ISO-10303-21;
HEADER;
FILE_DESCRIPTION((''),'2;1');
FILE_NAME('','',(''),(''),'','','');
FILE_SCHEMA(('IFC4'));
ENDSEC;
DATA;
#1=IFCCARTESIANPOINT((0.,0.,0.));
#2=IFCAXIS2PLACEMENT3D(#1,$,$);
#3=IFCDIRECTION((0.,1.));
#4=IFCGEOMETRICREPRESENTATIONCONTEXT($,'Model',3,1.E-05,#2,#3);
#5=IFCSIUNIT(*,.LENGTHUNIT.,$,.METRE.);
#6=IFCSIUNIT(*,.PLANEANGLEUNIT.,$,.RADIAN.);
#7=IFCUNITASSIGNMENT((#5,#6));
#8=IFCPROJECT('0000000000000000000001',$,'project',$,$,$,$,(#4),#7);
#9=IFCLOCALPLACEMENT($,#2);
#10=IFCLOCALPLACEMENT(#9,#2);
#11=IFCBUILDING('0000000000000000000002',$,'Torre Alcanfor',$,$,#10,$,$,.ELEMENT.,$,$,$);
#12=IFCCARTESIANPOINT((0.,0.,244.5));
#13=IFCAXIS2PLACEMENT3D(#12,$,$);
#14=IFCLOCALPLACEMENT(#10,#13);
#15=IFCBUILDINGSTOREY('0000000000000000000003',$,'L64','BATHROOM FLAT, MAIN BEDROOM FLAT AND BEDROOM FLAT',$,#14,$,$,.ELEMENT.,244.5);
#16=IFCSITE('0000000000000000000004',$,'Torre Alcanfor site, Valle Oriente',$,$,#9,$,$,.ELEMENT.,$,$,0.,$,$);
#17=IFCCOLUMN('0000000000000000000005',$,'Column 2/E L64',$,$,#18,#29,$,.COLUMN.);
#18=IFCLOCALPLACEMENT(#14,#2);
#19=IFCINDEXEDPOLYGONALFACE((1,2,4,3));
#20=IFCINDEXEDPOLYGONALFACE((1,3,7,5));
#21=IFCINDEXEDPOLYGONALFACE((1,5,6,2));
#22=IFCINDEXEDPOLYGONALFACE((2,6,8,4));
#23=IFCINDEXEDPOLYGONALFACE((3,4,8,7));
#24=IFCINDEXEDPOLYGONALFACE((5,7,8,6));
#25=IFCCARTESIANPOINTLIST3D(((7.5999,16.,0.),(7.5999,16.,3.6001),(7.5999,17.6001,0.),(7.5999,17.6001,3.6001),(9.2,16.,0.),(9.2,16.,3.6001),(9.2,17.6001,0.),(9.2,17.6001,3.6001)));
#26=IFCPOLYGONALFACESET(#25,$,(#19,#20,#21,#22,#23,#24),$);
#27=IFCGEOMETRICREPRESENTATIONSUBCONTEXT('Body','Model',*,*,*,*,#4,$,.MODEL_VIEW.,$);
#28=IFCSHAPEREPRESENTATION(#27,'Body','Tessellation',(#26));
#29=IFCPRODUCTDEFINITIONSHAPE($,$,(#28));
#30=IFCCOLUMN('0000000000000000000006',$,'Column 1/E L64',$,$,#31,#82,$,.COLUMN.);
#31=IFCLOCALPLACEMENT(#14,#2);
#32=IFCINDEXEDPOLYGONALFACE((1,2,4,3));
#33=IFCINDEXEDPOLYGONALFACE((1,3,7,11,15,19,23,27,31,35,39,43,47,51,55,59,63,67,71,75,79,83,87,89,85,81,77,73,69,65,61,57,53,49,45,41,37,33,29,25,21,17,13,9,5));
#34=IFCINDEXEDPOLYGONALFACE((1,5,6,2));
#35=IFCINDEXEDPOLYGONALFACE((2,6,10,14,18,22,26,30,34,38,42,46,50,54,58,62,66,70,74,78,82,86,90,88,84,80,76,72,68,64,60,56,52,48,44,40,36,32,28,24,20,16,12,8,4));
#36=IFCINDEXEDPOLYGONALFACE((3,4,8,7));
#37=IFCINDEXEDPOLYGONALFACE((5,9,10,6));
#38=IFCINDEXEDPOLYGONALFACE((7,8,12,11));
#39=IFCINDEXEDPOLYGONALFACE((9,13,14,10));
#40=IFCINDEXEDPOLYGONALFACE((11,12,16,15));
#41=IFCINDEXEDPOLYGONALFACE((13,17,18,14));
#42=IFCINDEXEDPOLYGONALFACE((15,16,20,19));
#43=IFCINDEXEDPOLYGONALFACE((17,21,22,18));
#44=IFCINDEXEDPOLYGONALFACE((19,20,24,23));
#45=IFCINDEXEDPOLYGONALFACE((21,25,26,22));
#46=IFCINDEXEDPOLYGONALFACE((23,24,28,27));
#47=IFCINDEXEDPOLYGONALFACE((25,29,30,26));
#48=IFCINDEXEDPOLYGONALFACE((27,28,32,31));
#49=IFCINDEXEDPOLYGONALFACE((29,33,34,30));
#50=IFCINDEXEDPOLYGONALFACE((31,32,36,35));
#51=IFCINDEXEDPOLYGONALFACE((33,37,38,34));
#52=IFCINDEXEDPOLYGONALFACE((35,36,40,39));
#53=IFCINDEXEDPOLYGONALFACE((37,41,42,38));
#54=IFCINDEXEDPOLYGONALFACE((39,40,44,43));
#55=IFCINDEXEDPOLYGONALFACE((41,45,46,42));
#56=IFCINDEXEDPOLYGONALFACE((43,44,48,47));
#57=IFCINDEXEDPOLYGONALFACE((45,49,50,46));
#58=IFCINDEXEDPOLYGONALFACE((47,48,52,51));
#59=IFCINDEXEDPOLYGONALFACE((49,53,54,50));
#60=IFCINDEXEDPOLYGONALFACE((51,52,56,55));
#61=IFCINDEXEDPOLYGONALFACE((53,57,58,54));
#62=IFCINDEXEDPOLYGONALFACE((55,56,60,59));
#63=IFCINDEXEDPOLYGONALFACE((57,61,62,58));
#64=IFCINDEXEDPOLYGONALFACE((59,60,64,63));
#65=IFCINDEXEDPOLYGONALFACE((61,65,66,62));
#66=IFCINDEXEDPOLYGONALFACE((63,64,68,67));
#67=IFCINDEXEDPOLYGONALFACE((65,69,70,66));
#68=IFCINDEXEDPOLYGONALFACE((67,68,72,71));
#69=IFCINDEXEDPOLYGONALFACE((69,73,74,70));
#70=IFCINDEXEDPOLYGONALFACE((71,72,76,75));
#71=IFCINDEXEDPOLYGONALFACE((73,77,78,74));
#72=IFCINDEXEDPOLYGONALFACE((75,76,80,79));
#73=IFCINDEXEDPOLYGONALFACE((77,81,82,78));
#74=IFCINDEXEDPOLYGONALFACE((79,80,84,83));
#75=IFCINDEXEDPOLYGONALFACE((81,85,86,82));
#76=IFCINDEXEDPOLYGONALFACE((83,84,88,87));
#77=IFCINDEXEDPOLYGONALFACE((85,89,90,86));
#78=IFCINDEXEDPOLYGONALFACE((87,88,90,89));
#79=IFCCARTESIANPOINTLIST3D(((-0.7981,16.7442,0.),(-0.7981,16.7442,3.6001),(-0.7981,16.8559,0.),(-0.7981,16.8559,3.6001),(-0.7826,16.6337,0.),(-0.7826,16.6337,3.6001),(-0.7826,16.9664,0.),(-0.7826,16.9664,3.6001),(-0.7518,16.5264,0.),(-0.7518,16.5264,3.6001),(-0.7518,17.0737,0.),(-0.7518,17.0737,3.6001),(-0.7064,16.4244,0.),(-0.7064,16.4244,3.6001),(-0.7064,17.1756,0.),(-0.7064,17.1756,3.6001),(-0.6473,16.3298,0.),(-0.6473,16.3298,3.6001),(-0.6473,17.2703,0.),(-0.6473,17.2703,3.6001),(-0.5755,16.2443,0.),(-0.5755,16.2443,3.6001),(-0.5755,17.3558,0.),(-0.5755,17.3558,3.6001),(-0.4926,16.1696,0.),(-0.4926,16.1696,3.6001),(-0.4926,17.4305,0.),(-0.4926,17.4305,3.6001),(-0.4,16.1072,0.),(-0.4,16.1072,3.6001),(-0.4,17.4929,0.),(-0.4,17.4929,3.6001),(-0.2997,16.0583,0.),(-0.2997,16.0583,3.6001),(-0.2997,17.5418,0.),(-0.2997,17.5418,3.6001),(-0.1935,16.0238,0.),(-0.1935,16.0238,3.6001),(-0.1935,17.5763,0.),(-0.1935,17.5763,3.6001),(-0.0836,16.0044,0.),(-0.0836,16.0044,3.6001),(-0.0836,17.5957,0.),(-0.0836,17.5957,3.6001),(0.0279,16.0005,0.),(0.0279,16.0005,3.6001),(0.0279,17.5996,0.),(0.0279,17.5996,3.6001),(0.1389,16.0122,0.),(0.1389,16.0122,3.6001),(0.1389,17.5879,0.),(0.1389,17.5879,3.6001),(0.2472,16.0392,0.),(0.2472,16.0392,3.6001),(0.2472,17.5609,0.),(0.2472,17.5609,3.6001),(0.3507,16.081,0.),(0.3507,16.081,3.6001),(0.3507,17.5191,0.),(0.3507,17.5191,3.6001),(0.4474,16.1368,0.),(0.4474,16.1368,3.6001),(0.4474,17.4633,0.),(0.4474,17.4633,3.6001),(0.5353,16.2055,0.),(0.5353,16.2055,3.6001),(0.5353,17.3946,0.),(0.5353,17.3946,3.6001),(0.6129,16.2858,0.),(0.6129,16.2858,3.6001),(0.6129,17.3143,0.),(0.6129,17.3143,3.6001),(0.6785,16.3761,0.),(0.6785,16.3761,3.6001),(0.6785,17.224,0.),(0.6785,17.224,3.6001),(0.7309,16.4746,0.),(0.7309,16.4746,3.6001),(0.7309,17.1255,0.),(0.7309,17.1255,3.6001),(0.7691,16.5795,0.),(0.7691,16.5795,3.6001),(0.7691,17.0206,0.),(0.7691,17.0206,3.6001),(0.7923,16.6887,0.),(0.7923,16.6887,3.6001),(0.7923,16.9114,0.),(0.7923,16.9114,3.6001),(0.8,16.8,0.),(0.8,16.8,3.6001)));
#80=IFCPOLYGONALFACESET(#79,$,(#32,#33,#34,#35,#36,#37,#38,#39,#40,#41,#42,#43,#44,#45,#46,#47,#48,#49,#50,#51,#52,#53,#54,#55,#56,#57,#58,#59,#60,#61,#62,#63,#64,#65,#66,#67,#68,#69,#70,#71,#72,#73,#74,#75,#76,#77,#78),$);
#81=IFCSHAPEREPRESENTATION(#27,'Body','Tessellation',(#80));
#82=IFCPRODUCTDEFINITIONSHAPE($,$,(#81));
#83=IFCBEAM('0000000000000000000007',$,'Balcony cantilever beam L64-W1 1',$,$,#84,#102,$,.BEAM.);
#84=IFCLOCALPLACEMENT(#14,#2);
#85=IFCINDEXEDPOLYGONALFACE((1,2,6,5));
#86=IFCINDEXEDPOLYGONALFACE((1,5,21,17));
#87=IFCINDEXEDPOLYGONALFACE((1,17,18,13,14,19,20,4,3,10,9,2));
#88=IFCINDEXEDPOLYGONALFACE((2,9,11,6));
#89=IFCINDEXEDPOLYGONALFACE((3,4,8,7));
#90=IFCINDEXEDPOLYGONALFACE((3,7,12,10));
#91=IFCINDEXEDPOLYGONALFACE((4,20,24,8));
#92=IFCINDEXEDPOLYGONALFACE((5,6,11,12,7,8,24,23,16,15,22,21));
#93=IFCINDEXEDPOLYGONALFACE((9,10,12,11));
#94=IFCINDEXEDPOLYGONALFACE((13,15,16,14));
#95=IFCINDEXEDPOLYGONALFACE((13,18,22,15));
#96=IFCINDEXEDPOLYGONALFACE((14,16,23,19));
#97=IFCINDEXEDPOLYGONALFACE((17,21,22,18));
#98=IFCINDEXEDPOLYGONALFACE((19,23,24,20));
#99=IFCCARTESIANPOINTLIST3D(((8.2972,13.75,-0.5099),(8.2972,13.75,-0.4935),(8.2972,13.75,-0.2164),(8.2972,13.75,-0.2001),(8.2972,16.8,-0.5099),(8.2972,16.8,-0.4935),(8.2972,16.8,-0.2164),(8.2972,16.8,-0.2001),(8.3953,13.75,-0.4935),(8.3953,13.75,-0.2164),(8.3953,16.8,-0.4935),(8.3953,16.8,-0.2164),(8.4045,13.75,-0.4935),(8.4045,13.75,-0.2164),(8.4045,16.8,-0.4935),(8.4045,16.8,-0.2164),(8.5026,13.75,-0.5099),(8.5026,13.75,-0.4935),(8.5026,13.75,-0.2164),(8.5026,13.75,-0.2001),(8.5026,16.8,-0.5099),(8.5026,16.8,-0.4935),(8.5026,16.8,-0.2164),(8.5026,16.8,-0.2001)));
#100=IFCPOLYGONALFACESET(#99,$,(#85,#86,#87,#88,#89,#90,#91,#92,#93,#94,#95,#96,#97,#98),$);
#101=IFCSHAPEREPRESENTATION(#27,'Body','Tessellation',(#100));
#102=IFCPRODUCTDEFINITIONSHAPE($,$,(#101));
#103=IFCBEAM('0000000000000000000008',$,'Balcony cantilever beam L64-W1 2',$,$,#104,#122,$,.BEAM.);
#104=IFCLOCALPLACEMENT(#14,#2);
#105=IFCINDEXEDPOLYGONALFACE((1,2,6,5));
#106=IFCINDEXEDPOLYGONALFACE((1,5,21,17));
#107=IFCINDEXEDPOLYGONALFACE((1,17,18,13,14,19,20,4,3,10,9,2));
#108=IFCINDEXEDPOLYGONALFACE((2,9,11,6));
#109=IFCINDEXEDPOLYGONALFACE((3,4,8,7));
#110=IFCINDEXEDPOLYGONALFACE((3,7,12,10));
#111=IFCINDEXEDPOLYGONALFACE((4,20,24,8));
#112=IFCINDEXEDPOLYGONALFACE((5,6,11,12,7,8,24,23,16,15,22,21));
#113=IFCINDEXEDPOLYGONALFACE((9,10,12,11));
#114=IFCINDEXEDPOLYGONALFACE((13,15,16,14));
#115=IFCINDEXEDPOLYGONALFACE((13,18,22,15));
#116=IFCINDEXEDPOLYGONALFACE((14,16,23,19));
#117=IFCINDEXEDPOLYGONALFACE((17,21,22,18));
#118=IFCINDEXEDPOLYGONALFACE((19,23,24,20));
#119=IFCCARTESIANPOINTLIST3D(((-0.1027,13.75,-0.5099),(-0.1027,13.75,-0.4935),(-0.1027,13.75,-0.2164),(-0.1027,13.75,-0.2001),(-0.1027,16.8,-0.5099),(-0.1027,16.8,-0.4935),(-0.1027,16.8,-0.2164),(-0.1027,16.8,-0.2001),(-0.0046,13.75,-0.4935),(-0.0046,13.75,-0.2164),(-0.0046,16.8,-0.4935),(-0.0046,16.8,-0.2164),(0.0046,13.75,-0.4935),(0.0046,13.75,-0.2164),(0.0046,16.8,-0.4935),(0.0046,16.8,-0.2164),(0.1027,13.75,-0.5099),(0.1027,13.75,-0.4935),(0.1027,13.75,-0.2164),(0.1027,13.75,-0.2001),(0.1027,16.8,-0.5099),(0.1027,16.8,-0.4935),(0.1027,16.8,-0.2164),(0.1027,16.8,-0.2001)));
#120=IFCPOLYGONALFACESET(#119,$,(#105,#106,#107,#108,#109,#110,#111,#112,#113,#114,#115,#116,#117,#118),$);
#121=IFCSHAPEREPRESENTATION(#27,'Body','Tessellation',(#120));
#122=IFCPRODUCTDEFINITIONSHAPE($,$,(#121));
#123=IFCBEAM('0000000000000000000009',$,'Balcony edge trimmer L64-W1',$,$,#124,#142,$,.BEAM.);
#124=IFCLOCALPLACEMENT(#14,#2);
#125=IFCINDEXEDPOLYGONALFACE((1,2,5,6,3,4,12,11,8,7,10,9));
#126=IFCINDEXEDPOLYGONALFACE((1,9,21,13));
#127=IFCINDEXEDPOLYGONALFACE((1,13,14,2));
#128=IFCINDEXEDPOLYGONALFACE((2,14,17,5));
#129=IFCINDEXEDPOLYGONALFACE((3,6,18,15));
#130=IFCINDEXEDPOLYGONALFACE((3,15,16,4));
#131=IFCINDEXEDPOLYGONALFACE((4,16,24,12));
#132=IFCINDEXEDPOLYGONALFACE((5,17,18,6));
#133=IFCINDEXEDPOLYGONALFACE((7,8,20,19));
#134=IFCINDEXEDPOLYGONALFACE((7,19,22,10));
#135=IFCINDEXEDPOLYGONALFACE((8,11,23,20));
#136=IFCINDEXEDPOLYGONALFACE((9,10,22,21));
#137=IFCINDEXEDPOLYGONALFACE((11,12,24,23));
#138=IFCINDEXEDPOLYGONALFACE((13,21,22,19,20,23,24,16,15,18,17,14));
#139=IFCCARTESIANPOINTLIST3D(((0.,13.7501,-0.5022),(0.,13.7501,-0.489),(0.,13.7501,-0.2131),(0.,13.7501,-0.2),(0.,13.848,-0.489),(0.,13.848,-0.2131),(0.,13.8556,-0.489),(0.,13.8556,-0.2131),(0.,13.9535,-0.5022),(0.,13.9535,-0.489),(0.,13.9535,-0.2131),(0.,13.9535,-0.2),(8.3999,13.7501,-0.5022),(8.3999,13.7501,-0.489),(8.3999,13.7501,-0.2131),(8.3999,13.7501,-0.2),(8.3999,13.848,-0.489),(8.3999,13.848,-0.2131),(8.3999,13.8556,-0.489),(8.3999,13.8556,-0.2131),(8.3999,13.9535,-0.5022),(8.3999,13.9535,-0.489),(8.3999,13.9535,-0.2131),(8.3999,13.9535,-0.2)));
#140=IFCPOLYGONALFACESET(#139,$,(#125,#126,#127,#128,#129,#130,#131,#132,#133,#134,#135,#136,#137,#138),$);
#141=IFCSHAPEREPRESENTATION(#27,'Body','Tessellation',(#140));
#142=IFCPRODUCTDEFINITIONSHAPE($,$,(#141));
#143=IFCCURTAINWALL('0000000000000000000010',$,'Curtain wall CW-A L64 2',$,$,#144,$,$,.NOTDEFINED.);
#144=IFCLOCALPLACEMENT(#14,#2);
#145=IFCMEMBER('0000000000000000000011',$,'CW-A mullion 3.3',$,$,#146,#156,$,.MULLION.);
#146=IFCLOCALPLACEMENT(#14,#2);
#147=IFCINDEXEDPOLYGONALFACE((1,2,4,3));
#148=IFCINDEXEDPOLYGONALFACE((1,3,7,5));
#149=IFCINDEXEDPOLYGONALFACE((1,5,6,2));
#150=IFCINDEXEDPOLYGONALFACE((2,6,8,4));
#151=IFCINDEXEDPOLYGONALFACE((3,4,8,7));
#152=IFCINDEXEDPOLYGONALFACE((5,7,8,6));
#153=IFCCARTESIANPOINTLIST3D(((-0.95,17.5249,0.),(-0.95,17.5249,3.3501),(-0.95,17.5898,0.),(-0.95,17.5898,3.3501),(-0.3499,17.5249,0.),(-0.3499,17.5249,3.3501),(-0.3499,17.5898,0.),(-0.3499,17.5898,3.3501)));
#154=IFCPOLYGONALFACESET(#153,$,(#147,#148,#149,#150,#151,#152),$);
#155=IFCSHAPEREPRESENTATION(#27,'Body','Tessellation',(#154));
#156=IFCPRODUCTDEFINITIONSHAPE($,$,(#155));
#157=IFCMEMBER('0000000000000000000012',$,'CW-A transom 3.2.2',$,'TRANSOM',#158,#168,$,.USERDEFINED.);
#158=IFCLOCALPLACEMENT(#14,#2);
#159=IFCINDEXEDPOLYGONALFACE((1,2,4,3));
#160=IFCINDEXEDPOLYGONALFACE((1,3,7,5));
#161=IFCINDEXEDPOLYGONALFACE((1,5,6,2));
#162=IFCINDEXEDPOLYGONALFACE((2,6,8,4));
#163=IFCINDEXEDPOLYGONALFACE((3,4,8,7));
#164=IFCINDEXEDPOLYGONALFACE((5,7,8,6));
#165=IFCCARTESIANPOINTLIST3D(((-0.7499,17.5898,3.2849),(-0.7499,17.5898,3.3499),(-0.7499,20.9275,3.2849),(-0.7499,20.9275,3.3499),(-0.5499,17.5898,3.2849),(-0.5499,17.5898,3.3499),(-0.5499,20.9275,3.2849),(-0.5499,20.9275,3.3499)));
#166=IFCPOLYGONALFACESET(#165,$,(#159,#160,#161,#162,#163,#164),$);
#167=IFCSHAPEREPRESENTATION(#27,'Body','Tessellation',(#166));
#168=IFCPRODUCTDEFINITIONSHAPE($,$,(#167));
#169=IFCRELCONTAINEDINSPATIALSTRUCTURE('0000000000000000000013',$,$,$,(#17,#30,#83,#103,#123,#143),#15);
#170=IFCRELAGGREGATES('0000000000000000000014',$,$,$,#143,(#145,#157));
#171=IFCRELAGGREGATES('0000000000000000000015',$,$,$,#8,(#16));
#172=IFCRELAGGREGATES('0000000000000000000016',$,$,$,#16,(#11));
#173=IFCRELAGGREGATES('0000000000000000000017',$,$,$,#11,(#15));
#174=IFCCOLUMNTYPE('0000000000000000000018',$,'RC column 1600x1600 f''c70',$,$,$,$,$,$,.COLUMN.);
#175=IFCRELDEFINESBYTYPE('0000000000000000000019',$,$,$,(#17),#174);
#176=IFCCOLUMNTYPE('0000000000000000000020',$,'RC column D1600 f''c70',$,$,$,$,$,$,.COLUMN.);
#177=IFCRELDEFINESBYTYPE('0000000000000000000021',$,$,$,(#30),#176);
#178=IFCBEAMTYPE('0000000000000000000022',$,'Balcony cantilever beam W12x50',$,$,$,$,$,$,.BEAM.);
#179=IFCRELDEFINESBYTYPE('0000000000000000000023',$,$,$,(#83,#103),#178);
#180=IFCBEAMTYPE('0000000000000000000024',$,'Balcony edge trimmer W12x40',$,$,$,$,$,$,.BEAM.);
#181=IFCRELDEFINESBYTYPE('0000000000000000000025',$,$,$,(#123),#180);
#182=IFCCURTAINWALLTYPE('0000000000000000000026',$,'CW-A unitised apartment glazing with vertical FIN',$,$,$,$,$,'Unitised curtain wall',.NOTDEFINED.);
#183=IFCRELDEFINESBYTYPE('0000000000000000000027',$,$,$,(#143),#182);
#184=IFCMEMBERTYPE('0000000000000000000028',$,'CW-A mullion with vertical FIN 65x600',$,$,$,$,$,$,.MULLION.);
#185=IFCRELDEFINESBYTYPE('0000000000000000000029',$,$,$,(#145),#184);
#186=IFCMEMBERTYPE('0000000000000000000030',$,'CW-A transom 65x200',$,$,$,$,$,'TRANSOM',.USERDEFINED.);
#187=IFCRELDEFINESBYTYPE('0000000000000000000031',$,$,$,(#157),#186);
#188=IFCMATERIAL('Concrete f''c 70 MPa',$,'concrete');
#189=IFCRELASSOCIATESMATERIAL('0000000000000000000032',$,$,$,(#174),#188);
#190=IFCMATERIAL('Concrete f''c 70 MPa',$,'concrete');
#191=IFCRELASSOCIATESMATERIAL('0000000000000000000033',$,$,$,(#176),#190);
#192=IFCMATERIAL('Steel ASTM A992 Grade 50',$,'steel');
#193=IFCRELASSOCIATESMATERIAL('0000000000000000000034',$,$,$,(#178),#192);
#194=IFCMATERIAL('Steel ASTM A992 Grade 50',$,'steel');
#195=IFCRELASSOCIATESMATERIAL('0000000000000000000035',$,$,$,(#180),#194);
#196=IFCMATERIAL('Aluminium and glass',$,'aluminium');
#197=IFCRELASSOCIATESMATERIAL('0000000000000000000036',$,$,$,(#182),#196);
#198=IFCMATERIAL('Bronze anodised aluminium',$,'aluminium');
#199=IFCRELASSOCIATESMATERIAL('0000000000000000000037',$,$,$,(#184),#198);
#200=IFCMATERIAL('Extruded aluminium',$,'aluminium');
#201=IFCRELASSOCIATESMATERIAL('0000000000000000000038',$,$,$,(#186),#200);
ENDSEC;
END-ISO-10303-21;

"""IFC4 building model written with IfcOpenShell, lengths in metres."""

from ifc_helpers import new_model, si_unit, direction, frame, origin, origin_2d, place, context, subcontext, project, spatial, rectangle, circle, i_section, extrude, material, material_profile, profile_set, type_object, element, aggregate, save


model = new_model("IFC4")

# Units and contexts
model_context = context("Model", 3, precision=1e-05, world=origin(), true_north=direction((0.0, 1.0)))
body_context = subcontext(model_context, "Body", "Model", "MODEL_VIEW")
ifc_project = project(units=[si_unit("LENGTHUNIT", "METRE"), si_unit("PLANEANGLEUNIT", "RADIAN")], contexts=[model_context])

# Site, building, storey
site_placement = place(None, origin())
site = spatial("IfcSite", under=ifc_project, at=site_placement, Name="Torre Alcanfor site, Valle Oriente", CompositionType="ELEMENT", RefElevation=0.0)
building_placement = place(site_placement, origin())
building = spatial("IfcBuilding", under=site, at=building_placement, Name="Torre Alcanfor", CompositionType="ELEMENT")
storey_placement = place(building_placement, frame((0.0, 0.0, 244.5)))
storey = spatial("IfcBuildingStorey", under=building, at=storey_placement, Name="L64", Description="BATHROOM FLAT, MAIN BEDROOM FLAT AND BEDROOM FLAT", CompositionType="ELEMENT", Elevation=244.5)

# Columns
ifc_material_1 = material(Name="Concrete f'c 70 MPa", Category="concrete")
ifc_material_profile_1 = material_profile(ifc_material_1, rectangle(XDim=1.6001, YDim=1.6001, at=origin_2d()), Name="1600x1600")
ifc_profile_set_1 = profile_set([ifc_material_profile_1], Name="Concrete f'c 70 MPa")
column_type_1 = type_object("IfcColumnType", Name="RC column 1600x1600 f'c70", PredefinedType="COLUMN", material=ifc_profile_set_1)
column_1_placement = place(storey_placement, frame((8.3999, 16.8, 0.0), z_axis=(0.0, 0.0, 1.0), x_axis=(1.0, 0.0, 0.0)))
element("IfcColumn", 1, at=column_1_placement, inside=storey, type_object=column_type_1, Name="Column 2/E L64", PredefinedType="COLUMN", context=body_context, shape_type="SweptSolid", body=[
    extrude(rectangle(XDim=1.6001, YDim=1.6001, at=origin_2d()), origin(), (0.0, 0.0, 1.0), 3.6001),
])
ifc_material_2 = material(Name="Concrete f'c 70 MPa", Category="concrete")
ifc_material_profile_2 = material_profile(ifc_material_2, circle(Radius=0.8, at=origin_2d()), Name="D1600")
ifc_profile_set_2 = profile_set([ifc_material_profile_2], Name="Concrete f'c 70 MPa")
column_type_2 = type_object("IfcColumnType", Name="RC column D1600 f'c70", PredefinedType="COLUMN", material=ifc_profile_set_2)
column_2_placement = place(storey_placement, frame((0.0, 16.8, 0.0), z_axis=(0.0, 0.0, 1.0), x_axis=(1.0, 0.0, 0.0)))
element("IfcColumn", 2, at=column_2_placement, inside=storey, type_object=column_type_2, Name="Column 1/E L64", PredefinedType="COLUMN", context=body_context, shape_type="SweptSolid", body=[
    extrude(circle(Radius=0.8, at=origin_2d()), origin(), (0.0, 0.0, 1.0), 3.6001),
])

# Beams
ifc_material_3 = material(Name="Steel ASTM A992 Grade 50", Category="steel")
ifc_material_profile_3 = material_profile(ifc_material_3, i_section(OverallWidth=0.2053, OverallDepth=0.3098, WebThickness=0.0093, FlangeThickness=0.0164, at=origin_2d()), Name="W12x50")
ifc_profile_set_3 = profile_set([ifc_material_profile_3], Name="Steel ASTM A992 Grade 50")
beam_type_1 = type_object("IfcBeamType", Name="Balcony cantilever beam W12x50", PredefinedType="BEAM", material=ifc_profile_set_3)
for number, where, z_axis, x_axis, name in (
    (3, (8.3999, 16.8, -0.355), (0.0, -1.0, 0.0), (1.0, 0.0, 0.0), "Balcony cantilever beam L64-W1 1"),
    (4, (0.0, 16.8, -0.355), (0.0, -1.0, 0.0), (1.0, 0.0, 0.0), "Balcony cantilever beam L64-W1 2"),
):
    element("IfcBeam", number, at=place(storey_placement, frame(where, z_axis=z_axis, x_axis=x_axis)), inside=storey, type_object=beam_type_1, Name=name, PredefinedType="BEAM", context=body_context, shape_type="SweptSolid", body=[
        extrude(i_section(OverallWidth=0.2053, OverallDepth=0.3098, WebThickness=0.0093, FlangeThickness=0.0164, at=origin_2d()), origin(), (0.0, 0.0, 1.0), 3.05),
    ])
ifc_material_4 = material(Name="Steel ASTM A992 Grade 50", Category="steel")
ifc_material_profile_4 = material_profile(ifc_material_4, i_section(OverallWidth=0.2034, OverallDepth=0.3022, WebThickness=0.0076, FlangeThickness=0.0132, at=origin_2d()), Name="W12x40")
ifc_profile_set_4 = profile_set([ifc_material_profile_4], Name="Steel ASTM A992 Grade 50")
beam_type_2 = type_object("IfcBeamType", Name="Balcony edge trimmer W12x40", PredefinedType="BEAM", material=ifc_profile_set_4)
beam_1_placement = place(storey_placement, frame((8.3999, 13.8518, -0.3511), z_axis=(-1.0, 0.0, 0.0), x_axis=(0.0, -1.0, 0.0)))
element("IfcBeam", 5, at=beam_1_placement, inside=storey, type_object=beam_type_2, Name="Balcony edge trimmer L64-W1", PredefinedType="BEAM", context=body_context, shape_type="SweptSolid", body=[
    extrude(i_section(OverallWidth=0.2034, OverallDepth=0.3022, WebThickness=0.0076, FlangeThickness=0.0132, at=origin_2d()), origin(), (0.0, 0.0, 1.0), 8.3999),
])

# Curtain wall, members
ifc_material_5 = material(Name="Aluminium and glass", Category="aluminium")
curtain_wall_type = type_object("IfcCurtainWallType", Name="CW-A unitised apartment glazing with vertical FIN", ElementType="Unitised curtain wall", PredefinedType="NOTDEFINED", material=ifc_material_5)
curtain_wall_placement = place(storey_placement, origin())
curtain_wall = element("IfcCurtainWall", 6, at=curtain_wall_placement, inside=storey, type_object=curtain_wall_type, Name="Curtain wall CW-A L64 2", PredefinedType="NOTDEFINED")
ifc_material_6 = material(Name="Bronze anodised aluminium", Category="aluminium")
ifc_material_profile_5 = material_profile(ifc_material_6, rectangle(XDim=0.6001, YDim=0.0649, at=origin_2d()), Name="CW-A mullion 65x600")
ifc_profile_set_5 = profile_set([ifc_material_profile_5], Name="Bronze anodised aluminium")
member_type_1 = type_object("IfcMemberType", Name="CW-A mullion with vertical FIN 65x600", PredefinedType="MULLION", material=ifc_profile_set_5)
member_1_placement = place(storey_placement, frame((-0.6499, 17.5574, 0.0), z_axis=(0.0, 0.0, 1.0), x_axis=(1.0, 0.0, 0.0)))
member_1 = element("IfcMember", 7, at=member_1_placement, type_object=member_type_1, Name="CW-A mullion 3.3", PredefinedType="MULLION", context=body_context, shape_type="SweptSolid", body=[
    extrude(rectangle(XDim=0.6001, YDim=0.0649, at=origin_2d()), origin(), (0.0, 0.0, 1.0), 3.3501),
])
ifc_material_7 = material(Name="Extruded aluminium", Category="aluminium")
ifc_material_profile_6 = material_profile(ifc_material_7, rectangle(XDim=0.2, YDim=0.0649, at=origin_2d()), Name="CW-A transom 200x65")
ifc_profile_set_6 = profile_set([ifc_material_profile_6], Name="Extruded aluminium")
member_type_2 = type_object("IfcMemberType", Name="CW-A transom 65x200", ElementType="TRANSOM", PredefinedType="USERDEFINED", material=ifc_profile_set_6)
member_2_placement = place(storey_placement, frame((-0.6499, 20.9275, 3.3174), z_axis=(0.0, -1.0, 0.0), x_axis=(1.0, 0.0, 0.0)))
member_2 = element("IfcMember", 8, at=member_2_placement, type_object=member_type_2, Name="CW-A transom 3.2.2", ObjectType="TRANSOM", PredefinedType="USERDEFINED", context=body_context, shape_type="SweptSolid", body=[
    extrude(rectangle(XDim=0.2, YDim=0.0649, at=origin_2d()), origin(), (0.0, 0.0, 1.0), 3.3376),
])

aggregate(curtain_wall, [member_1, member_2])

save(model, "model.ifc")
